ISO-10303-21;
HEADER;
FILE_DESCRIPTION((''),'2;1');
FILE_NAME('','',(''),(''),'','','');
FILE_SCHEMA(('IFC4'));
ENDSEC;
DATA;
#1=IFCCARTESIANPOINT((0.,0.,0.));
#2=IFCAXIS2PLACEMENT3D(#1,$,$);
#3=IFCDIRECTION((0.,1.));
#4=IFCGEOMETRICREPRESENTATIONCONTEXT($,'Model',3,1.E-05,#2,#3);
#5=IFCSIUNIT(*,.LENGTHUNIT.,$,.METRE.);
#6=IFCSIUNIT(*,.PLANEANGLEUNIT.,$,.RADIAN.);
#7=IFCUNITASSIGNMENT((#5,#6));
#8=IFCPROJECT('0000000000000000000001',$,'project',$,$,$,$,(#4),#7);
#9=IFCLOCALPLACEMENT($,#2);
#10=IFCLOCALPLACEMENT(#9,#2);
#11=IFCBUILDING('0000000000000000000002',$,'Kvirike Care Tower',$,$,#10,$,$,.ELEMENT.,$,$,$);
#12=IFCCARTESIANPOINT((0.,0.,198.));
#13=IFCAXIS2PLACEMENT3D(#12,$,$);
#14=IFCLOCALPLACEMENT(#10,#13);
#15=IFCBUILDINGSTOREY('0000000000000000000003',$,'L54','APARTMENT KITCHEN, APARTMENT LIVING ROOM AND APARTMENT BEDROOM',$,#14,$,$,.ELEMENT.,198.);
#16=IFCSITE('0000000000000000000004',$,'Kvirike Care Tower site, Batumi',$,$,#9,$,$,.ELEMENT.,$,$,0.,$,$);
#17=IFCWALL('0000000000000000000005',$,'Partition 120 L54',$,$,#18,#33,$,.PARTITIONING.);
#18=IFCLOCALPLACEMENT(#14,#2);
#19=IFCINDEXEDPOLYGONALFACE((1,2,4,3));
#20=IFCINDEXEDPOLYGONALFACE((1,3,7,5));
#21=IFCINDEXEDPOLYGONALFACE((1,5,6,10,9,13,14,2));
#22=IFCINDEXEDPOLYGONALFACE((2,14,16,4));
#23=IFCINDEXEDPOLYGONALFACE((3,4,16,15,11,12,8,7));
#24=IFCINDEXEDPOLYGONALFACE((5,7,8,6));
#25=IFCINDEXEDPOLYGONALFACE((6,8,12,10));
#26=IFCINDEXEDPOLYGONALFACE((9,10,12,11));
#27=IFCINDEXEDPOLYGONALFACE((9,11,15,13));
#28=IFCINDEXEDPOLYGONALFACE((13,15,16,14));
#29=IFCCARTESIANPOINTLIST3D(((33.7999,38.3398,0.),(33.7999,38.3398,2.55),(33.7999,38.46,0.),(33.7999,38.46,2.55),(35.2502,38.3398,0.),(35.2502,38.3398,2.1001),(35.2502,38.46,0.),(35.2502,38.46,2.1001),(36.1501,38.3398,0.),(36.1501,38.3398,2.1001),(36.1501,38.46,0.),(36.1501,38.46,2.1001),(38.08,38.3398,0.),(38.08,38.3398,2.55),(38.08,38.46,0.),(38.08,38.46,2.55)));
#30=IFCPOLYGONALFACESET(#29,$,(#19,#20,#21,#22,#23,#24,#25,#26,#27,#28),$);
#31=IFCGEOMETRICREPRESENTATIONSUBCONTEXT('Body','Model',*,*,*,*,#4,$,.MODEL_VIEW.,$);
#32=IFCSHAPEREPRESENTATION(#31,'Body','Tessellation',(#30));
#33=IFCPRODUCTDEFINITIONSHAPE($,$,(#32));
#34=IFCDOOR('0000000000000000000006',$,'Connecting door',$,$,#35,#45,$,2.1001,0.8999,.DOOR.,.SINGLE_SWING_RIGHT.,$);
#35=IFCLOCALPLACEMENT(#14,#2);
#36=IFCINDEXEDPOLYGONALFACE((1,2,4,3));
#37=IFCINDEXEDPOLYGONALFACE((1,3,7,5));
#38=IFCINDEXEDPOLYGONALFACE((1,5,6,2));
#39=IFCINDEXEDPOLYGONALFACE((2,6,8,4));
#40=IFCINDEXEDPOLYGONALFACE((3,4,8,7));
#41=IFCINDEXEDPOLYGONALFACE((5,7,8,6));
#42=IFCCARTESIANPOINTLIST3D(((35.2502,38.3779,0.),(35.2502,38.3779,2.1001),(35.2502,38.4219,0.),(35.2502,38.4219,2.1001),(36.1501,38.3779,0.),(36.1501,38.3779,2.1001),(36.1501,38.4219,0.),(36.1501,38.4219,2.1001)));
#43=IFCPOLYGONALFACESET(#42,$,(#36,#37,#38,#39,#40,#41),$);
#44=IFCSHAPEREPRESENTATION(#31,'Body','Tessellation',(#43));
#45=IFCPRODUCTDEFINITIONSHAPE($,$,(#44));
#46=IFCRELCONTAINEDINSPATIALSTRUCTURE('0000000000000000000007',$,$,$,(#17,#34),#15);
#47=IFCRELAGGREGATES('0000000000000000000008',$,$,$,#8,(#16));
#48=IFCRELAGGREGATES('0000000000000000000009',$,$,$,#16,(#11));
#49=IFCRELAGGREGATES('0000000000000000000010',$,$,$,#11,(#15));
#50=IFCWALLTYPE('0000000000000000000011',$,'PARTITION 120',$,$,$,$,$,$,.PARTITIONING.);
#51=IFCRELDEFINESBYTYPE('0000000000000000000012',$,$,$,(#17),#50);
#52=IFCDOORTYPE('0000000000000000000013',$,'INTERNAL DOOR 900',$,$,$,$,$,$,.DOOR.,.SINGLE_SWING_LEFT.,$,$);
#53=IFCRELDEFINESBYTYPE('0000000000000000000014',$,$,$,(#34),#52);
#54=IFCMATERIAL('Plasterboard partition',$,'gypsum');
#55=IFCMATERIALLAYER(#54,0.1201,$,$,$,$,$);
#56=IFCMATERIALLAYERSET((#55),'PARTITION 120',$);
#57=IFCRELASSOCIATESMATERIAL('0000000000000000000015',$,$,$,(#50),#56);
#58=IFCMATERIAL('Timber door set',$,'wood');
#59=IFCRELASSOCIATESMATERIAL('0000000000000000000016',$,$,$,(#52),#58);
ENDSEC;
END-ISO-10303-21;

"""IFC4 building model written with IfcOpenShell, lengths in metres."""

from ifc_helpers import new_model, si_unit, direction, frame, frame_2d, origin, place, context, subcontext, project, spatial, rectangle, extrude, material, layer, layer_set, type_object, element, fill, save


model = new_model("IFC4")

# Units and contexts
model_context = context("Model", 3, precision=1e-05, world=origin(), true_north=direction((0.0, 1.0)))
body_context = subcontext(model_context, "Body", "Model", "MODEL_VIEW")
ifc_project = project(units=[si_unit("LENGTHUNIT", "METRE"), si_unit("PLANEANGLEUNIT", "RADIAN")], contexts=[model_context])

# Site, building, storey
site_placement = place(None, origin())
site = spatial("IfcSite", under=ifc_project, at=site_placement, Name="Kvirike Care Tower site, Batumi", CompositionType="ELEMENT", RefElevation=0.0)
building_placement = place(site_placement, origin())
building = spatial("IfcBuilding", under=site, at=building_placement, Name="Kvirike Care Tower", CompositionType="ELEMENT")
storey_placement = place(building_placement, frame((0.0, 0.0, 198.0)))
storey = spatial("IfcBuildingStorey", under=building, at=storey_placement, Name="L54", Description="APARTMENT KITCHEN, APARTMENT LIVING ROOM AND APARTMENT BEDROOM", CompositionType="ELEMENT", Elevation=198.0)

# Wall, opening, door
ifc_material_1 = material(Name="Plasterboard partition", Category="gypsum")
ifc_layer_1 = layer(ifc_material_1, 0.1201)
ifc_layer_set_1 = layer_set([ifc_layer_1], Name="PARTITION 120")
wall_type = type_object("IfcWallType", Name="PARTITION 120", PredefinedType="PARTITIONING", material=ifc_layer_set_1)
wall_placement = place(storey_placement, frame((38.0801, 38.3999, 0.0), z_axis=(0.0, 0.0, 1.0), x_axis=(-1.0, 0.0, 0.0)))
wall = element("IfcWall", 1, at=wall_placement, inside=storey, type_object=wall_type, Name="Partition 120 L54", PredefinedType="PARTITIONING", context=body_context, shape_type="SweptSolid", body=[
    extrude(rectangle(XDim=4.28, YDim=0.1201, at=frame_2d((2.1401, 0.0))), origin(), (0.0, 0.0, 1.0), 2.55),
])
opening_placement = place(wall_placement, frame((1.9299, 0.0, 0.0)))
opening = element("IfcOpeningElement", 2, at=opening_placement, cuts=wall, PredefinedType="OPENING", context=body_context, shape_type="SweptSolid", body=[
    extrude(rectangle(XDim=0.8999, YDim=2.1001, at=frame_2d((0.45, 1.05))), frame((0.0, 0.0706, 0.0), z_axis=(0.0, -1.0, 0.0), x_axis=(1.0, 0.0, 0.0)), (0.0, 0.0, 1.0), 0.1411),
])
ifc_material_2 = material(Name="Timber door set", Category="wood")
door_type = type_object("IfcDoorType", Name="INTERNAL DOOR 900", OperationType="SINGLE_SWING_LEFT", PredefinedType="DOOR", material=ifc_material_2)
door_placement = place(opening_placement, frame((0.8999, 0.0, 0.0), z_axis=(0.0, 0.0, 1.0), x_axis=(-1.0, 0.0, 0.0)))
door = element("IfcDoor", 3, at=door_placement, inside=storey, type_object=door_type, Name="Connecting door", OperationType="SINGLE_SWING_RIGHT", OverallHeight=2.1001, OverallWidth=0.8999, PredefinedType="DOOR", context=body_context, shape_type="SweptSolid", body=[
    extrude(rectangle(XDim=0.8999, YDim=2.1001, at=frame_2d((0.45, 1.05))), frame((0.0, 0.022, 0.0), z_axis=(0.0, -1.0, 0.0), x_axis=(1.0, 0.0, 0.0)), (0.0, 0.0, 1.0), 0.0439),
])
fill(opening, door)

save(model, "model.ifc")
